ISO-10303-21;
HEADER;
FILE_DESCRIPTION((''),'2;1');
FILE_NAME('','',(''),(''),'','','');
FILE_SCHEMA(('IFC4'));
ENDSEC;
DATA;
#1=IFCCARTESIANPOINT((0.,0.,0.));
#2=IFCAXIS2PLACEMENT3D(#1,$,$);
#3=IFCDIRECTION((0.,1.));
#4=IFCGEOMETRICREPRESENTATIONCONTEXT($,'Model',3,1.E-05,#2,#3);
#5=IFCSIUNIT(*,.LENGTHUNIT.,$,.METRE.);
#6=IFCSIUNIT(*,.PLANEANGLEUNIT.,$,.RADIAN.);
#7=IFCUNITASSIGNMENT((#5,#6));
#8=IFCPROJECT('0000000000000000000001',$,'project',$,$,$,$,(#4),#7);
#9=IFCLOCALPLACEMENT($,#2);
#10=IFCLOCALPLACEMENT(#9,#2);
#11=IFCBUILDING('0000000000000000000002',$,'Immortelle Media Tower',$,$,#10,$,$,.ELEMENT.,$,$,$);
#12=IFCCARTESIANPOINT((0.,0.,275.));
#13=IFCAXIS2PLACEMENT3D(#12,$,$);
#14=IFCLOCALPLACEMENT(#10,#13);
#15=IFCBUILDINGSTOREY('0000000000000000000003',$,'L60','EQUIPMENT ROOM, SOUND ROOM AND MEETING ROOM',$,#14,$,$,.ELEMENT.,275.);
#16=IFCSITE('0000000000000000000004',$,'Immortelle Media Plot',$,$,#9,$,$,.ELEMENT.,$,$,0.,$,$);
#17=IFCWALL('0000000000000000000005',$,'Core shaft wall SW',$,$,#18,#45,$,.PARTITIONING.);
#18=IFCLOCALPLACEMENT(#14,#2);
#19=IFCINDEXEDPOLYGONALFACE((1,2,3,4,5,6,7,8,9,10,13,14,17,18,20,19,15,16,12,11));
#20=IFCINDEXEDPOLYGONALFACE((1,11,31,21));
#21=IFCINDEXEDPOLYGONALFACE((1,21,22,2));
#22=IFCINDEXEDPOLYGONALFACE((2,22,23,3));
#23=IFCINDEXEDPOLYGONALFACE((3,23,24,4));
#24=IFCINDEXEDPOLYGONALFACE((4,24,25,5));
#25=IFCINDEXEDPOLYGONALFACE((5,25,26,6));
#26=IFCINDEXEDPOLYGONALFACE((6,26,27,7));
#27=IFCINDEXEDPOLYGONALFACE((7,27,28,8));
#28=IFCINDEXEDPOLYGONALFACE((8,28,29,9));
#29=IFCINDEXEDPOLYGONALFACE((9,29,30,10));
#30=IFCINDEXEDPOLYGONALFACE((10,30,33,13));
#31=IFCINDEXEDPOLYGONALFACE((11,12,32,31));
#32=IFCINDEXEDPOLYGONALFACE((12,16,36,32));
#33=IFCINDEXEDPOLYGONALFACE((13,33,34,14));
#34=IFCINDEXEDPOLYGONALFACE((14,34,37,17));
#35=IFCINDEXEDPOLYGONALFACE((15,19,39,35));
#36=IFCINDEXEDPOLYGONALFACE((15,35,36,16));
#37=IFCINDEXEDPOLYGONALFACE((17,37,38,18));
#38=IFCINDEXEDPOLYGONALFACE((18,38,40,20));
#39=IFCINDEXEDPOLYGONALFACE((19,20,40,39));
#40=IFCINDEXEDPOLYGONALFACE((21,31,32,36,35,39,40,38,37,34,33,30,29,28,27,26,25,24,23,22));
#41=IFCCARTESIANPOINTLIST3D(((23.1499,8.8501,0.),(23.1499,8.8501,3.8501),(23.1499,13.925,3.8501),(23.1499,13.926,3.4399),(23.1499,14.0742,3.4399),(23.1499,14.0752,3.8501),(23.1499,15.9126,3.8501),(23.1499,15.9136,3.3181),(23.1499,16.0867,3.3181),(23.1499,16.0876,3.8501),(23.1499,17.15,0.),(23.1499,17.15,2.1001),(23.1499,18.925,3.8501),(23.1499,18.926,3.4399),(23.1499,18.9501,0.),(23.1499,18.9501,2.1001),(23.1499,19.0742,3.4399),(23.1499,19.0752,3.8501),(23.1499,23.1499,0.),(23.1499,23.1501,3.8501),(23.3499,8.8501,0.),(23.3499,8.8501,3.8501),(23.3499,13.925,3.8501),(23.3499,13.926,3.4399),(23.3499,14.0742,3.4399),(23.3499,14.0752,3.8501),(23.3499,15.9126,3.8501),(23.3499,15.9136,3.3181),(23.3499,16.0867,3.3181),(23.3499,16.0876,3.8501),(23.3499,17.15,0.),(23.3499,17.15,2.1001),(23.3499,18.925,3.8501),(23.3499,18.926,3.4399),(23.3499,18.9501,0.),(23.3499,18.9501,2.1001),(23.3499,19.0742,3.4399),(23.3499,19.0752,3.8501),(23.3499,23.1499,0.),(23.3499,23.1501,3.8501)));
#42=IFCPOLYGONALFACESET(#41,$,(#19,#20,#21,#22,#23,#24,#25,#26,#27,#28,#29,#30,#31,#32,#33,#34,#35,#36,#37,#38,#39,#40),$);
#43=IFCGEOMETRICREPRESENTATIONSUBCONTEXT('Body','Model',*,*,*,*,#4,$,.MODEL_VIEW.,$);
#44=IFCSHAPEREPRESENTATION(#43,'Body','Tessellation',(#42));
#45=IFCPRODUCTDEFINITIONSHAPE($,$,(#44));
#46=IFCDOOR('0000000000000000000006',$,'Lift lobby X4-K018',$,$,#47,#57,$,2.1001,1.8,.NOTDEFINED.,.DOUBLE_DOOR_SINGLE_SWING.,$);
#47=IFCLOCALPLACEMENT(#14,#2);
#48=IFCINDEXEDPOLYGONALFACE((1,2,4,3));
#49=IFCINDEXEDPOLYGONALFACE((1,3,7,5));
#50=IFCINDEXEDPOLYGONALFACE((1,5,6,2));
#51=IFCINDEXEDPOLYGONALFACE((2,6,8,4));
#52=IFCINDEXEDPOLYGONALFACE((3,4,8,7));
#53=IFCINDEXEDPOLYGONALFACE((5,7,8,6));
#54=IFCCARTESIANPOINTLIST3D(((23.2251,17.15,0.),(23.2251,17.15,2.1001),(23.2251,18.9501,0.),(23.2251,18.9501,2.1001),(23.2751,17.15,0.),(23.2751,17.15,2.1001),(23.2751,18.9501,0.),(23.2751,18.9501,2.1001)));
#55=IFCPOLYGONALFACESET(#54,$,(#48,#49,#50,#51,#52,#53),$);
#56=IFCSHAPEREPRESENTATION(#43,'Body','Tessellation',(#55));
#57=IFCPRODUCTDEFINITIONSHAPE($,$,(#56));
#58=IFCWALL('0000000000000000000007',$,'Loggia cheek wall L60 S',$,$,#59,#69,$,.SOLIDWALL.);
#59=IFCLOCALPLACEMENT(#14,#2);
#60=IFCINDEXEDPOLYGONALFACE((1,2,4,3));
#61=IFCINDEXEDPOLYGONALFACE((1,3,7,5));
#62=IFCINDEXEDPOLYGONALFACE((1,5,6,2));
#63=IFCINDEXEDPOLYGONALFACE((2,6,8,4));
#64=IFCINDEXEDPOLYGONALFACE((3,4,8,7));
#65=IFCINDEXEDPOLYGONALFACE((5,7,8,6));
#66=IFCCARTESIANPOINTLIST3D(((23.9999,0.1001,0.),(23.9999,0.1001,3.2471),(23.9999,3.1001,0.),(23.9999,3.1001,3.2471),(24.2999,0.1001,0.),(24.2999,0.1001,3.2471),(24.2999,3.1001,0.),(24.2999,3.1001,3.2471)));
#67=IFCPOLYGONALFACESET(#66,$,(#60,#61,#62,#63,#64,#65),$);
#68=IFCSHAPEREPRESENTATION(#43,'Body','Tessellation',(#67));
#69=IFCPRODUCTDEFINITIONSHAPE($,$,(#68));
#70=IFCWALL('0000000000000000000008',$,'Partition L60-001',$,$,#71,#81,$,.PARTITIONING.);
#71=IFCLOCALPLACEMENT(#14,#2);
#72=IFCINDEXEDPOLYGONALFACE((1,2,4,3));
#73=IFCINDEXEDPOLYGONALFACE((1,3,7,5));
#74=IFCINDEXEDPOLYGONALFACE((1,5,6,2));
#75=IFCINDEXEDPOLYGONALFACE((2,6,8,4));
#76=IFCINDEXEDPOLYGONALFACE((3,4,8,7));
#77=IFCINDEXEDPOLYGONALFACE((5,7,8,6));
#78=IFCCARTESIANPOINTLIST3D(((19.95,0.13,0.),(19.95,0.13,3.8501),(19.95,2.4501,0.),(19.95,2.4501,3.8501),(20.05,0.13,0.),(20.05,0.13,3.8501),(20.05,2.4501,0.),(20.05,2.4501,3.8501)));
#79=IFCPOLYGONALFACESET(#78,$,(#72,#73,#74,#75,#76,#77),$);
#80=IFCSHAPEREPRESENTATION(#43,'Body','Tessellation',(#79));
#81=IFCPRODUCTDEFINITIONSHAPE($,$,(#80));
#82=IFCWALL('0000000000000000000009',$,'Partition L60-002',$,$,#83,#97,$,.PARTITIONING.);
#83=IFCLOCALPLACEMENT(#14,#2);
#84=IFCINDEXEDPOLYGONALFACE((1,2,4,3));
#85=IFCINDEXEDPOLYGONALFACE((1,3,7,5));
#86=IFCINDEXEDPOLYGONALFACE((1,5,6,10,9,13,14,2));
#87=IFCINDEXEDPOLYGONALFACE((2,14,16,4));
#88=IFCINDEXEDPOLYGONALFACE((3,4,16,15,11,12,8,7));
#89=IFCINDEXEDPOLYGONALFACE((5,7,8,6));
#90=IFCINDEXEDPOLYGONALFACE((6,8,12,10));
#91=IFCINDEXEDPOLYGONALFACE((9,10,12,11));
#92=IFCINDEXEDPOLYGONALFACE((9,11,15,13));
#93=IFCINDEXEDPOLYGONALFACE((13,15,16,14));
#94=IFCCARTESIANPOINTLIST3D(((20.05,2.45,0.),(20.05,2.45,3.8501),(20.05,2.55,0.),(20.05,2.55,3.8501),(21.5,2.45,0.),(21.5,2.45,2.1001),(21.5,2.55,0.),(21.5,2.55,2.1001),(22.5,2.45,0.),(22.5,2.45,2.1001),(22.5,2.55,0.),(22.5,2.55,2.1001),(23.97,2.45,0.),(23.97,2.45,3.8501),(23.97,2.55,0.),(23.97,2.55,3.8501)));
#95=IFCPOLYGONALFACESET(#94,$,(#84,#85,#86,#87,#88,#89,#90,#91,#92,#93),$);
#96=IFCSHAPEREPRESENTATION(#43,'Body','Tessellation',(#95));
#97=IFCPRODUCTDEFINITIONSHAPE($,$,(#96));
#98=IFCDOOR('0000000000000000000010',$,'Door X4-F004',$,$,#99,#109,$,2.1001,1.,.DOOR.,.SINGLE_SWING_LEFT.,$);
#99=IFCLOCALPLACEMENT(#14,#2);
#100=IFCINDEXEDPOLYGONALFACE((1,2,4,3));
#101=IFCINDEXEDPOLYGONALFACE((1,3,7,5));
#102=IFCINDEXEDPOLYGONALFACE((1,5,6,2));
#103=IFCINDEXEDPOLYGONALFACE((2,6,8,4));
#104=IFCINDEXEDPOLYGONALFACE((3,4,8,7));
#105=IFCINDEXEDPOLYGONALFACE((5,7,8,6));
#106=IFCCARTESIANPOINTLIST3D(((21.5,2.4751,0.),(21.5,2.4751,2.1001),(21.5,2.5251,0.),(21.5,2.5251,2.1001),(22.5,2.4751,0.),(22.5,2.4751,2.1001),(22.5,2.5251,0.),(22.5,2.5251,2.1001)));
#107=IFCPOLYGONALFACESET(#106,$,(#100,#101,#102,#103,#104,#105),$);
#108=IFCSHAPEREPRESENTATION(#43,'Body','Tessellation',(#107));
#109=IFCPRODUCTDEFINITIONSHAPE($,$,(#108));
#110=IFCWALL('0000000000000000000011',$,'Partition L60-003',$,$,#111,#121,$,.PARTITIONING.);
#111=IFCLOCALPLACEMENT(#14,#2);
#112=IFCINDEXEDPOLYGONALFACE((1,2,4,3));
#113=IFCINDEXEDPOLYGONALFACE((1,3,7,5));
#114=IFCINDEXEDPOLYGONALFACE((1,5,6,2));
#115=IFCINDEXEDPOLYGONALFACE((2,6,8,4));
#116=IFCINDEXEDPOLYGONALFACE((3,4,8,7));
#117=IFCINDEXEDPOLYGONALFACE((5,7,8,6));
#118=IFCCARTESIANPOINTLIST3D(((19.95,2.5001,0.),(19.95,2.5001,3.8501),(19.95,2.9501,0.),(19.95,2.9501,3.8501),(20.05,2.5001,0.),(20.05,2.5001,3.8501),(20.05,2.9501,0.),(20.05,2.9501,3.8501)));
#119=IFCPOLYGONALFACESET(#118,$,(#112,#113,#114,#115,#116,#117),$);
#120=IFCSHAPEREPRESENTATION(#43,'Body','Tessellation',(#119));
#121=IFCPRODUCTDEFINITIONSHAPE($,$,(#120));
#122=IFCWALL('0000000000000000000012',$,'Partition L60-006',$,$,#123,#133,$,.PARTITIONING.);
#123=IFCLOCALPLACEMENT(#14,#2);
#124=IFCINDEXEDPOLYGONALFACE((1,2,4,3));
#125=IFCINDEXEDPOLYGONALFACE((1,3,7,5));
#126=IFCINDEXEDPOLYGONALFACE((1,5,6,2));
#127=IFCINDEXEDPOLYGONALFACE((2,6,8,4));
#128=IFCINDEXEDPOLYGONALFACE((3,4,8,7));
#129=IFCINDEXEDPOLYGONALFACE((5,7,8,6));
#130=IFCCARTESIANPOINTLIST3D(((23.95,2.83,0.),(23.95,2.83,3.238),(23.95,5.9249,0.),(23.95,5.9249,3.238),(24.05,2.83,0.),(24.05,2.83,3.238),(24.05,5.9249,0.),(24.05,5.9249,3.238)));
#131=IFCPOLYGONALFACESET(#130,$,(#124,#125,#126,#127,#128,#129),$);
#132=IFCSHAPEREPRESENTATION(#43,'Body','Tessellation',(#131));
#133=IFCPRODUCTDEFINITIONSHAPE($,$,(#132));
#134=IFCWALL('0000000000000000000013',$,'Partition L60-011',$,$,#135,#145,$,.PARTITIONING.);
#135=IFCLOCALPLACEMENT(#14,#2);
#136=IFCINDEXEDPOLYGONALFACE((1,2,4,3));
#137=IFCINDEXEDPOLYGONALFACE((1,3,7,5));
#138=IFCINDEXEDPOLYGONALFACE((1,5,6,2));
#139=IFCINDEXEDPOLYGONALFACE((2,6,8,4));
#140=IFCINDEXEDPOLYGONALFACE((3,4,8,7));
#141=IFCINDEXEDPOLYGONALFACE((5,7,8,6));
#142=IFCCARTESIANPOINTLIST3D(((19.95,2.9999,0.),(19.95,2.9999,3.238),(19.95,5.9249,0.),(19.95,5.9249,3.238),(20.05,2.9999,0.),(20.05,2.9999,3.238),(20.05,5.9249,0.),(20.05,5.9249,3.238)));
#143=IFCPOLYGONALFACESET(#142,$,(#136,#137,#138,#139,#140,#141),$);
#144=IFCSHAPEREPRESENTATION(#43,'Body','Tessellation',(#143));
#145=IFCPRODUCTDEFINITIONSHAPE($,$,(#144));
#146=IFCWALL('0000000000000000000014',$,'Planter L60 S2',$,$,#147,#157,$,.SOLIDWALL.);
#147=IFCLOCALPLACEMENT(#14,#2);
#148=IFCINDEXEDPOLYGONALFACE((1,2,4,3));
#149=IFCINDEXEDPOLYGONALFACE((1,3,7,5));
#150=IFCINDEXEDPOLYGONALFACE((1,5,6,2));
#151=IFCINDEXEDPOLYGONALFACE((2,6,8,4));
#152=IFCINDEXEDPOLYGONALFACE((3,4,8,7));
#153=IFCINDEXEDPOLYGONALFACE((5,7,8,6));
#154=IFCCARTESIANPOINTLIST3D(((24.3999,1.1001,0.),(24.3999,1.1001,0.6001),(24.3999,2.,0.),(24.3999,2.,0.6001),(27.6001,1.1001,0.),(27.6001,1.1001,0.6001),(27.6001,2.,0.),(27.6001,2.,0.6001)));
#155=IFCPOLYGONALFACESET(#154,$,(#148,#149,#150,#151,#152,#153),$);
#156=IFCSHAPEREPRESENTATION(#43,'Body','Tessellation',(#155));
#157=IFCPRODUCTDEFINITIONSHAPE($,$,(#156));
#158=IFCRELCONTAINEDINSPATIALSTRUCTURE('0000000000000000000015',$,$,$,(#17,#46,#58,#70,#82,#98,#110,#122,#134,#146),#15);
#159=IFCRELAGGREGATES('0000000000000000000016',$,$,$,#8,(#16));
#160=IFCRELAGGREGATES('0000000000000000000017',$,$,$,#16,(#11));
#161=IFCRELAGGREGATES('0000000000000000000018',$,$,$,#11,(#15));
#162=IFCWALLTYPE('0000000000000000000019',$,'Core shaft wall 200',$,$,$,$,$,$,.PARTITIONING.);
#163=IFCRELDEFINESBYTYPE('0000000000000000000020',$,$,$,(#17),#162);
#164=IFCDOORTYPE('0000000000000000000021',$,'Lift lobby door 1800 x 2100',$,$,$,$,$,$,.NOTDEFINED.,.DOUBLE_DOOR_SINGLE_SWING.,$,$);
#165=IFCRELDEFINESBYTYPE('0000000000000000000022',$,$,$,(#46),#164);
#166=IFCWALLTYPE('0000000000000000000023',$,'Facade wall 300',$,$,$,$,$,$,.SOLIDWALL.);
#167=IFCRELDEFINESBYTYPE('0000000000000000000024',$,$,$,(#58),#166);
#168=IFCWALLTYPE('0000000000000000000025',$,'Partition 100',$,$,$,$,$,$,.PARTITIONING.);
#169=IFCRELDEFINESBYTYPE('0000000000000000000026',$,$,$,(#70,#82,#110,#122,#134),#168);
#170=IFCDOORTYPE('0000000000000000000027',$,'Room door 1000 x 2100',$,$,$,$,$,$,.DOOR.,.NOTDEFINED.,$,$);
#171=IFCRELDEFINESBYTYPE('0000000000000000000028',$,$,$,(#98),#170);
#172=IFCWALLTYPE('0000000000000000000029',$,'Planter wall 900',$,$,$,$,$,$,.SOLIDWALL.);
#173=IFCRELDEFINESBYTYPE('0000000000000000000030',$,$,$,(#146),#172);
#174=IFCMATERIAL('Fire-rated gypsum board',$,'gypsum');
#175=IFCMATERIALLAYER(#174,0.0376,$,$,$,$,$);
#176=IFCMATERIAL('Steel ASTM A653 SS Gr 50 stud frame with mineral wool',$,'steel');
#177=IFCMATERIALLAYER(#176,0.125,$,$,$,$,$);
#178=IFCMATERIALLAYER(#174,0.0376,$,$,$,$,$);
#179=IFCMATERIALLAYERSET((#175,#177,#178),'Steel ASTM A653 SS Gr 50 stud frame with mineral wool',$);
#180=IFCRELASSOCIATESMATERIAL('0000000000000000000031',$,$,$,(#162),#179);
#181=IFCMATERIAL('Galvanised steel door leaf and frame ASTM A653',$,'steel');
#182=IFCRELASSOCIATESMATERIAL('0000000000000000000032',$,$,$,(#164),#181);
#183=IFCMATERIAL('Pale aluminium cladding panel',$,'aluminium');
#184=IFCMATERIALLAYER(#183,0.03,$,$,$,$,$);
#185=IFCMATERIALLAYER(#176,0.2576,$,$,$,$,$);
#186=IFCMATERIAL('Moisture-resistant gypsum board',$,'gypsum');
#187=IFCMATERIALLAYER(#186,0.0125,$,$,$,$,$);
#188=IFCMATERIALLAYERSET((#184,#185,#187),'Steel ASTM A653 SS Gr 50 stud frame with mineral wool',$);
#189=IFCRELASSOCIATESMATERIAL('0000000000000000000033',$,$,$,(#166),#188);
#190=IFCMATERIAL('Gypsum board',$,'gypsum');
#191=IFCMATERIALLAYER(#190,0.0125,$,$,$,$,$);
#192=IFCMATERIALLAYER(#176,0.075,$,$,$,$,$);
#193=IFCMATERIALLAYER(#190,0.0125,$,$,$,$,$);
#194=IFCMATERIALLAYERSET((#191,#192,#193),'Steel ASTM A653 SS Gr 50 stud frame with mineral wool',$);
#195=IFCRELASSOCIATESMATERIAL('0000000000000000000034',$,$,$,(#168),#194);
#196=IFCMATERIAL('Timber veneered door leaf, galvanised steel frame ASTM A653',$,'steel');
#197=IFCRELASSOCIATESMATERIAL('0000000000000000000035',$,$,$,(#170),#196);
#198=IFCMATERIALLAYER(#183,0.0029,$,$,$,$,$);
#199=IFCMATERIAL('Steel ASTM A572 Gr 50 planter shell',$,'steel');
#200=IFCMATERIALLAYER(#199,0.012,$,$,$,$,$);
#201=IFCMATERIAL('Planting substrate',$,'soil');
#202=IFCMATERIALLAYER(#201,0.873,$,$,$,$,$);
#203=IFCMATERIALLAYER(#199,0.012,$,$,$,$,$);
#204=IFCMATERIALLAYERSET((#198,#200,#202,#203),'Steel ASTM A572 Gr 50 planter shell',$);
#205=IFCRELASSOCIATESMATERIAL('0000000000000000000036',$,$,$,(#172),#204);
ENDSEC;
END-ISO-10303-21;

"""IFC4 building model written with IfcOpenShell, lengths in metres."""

from ifc_helpers import new_model, si_unit, direction, frame, frame_2d, origin, place, context, subcontext, project, spatial, polyline, rectangle, outline, extrude, material, layer, layer_set, type_object, element, fill, save


model = new_model("IFC4")

# Units and contexts
model_context = context("Model", 3, precision=1e-05, world=origin(), true_north=direction((0.0, 1.0)))
body_context = subcontext(model_context, "Body", "Model", "MODEL_VIEW")
ifc_project = project(units=[si_unit("LENGTHUNIT", "METRE"), si_unit("PLANEANGLEUNIT", "RADIAN")], contexts=[model_context])

# Site, building, storey
site_placement = place(None, origin())
site = spatial("IfcSite", under=ifc_project, at=site_placement, Name="Immortelle Media Plot", CompositionType="ELEMENT", RefElevation=0.0)
building_placement = place(site_placement, origin())
building = spatial("IfcBuilding", under=site, at=building_placement, Name="Immortelle Media Tower", CompositionType="ELEMENT")
storey_placement = place(building_placement, frame((0.0, 0.0, 275.0)))
storey = spatial("IfcBuildingStorey", under=building, at=storey_placement, Name="L60", Description="EQUIPMENT ROOM, SOUND ROOM AND MEETING ROOM", CompositionType="ELEMENT", Elevation=275.0)

# Wall, opening, door
ifc_material_1 = material(Name="Fire-rated gypsum board", Category="gypsum")
ifc_layer_1 = layer(ifc_material_1, 0.0376)
ifc_material_2 = material(Name="Steel ASTM A653 SS Gr 50 stud frame with mineral wool", Category="steel")
ifc_layer_2 = layer(ifc_material_2, 0.125)
ifc_layer_3 = layer(ifc_material_1, 0.0376)
ifc_layer_set_1 = layer_set([ifc_layer_1, ifc_layer_2, ifc_layer_3], Name="Steel ASTM A653 SS Gr 50 stud frame with mineral wool")
wall_type_1 = type_object("IfcWallType", Name="Core shaft wall 200", PredefinedType="PARTITIONING", material=ifc_layer_set_1)
wall_1_placement = place(storey_placement, frame((23.25, 8.8501, 0.0), z_axis=(0.0, 0.0, 1.0), x_axis=(0.0, 1.0, 0.0)))
wall_1 = element("IfcWall", 1, at=wall_1_placement, inside=storey, type_object=wall_type_1, Name="Core shaft wall SW", PredefinedType="PARTITIONING", context=body_context, shape_type="SweptSolid", body=[
    extrude(outline(polyline([(0.0, 0.0), (14.2998, 0.0), (14.3, 3.8501), (10.2251, 3.8501), (10.2241, 3.4399), (10.0759, 3.4399), (10.075, 3.8501), (7.2375, 3.8501), (7.2366, 3.3181), (7.0635, 3.3181), (7.0625, 3.8501), (5.2251, 3.8501), (5.2241, 3.4399), (5.0759, 3.4399), (5.075, 3.8501), (0.0, 3.8501), (0.0, 0.0)])), frame((0.0, 0.1001, 0.0), z_axis=(0.0, -1.0, 0.0), x_axis=(1.0, 0.0, 0.0)), (0.0, 0.0, 1.0), 0.2),
])
opening_1_placement = place(wall_1_placement, frame((8.3, 0.0, 0.0)))
opening_1 = element("IfcOpeningElement", 2, at=opening_1_placement, cuts=wall_1, PredefinedType="OPENING", context=body_context, shape_type="SweptSolid", body=[
    extrude(rectangle(XDim=1.8, YDim=2.1001, at=frame_2d((0.8999, 1.05))), frame((0.0, 0.1099, 0.0), z_axis=(0.0, -1.0, 0.0), x_axis=(1.0, 0.0, 0.0)), (0.0, 0.0, 1.0), 0.22),
])
ifc_material_3 = material(Name="Galvanised steel door leaf and frame ASTM A653", Category="steel")
door_type_1 = type_object("IfcDoorType", Name="Lift lobby door 1800 x 2100", OperationType="DOUBLE_DOOR_SINGLE_SWING", PredefinedType="NOTDEFINED", material=ifc_material_3)
door_1_placement = place(opening_1_placement, origin())
door_1 = element("IfcDoor", 3, at=door_1_placement, inside=storey, type_object=door_type_1, Name="Lift lobby X4-K018", OperationType="DOUBLE_DOOR_SINGLE_SWING", OverallHeight=2.1001, OverallWidth=1.8, PredefinedType="NOTDEFINED", context=body_context, shape_type="SweptSolid", body=[
    extrude(rectangle(XDim=1.8, YDim=2.1001, at=frame_2d((0.8999, 1.05))), frame((0.0, 0.0249, 0.0), z_axis=(0.0, -1.0, 0.0), x_axis=(1.0, 0.0, 0.0)), (0.0, 0.0, 1.0), 0.05),
])
fill(opening_1, door_1)

# Shared definitions
ifc_material_4 = material(Name="Pale aluminium cladding panel", Category="aluminium")
ifc_layer_4 = layer(ifc_material_4, 0.03)
ifc_layer_5 = layer(ifc_material_2, 0.2576)
ifc_material_5 = material(Name="Moisture-resistant gypsum board", Category="gypsum")
ifc_layer_6 = layer(ifc_material_5, 0.0125)
ifc_layer_set_2 = layer_set([ifc_layer_4, ifc_layer_5, ifc_layer_6], Name="Steel ASTM A653 SS Gr 50 stud frame with mineral wool")
wall_type_2 = type_object("IfcWallType", Name="Facade wall 300", PredefinedType="SOLIDWALL", material=ifc_layer_set_2)

# Walls
wall_2_placement = place(storey_placement, frame((24.1499, 0.1001, 0.0), z_axis=(0.0, 0.0, 1.0), x_axis=(0.0, 1.0, 0.0)))
element("IfcWall", 4, at=wall_2_placement, inside=storey, type_object=wall_type_2, Name="Loggia cheek wall L60 S", PredefinedType="SOLIDWALL", context=body_context, shape_type="SweptSolid", body=[
    extrude(rectangle(XDim=3.0, YDim=0.3, at=frame_2d((1.5, 0.0))), origin(), (0.0, 0.0, 1.0), 3.2471),
])
ifc_material_6 = material(Name="Gypsum board", Category="gypsum")
ifc_layer_7 = layer(ifc_material_6, 0.0125)
ifc_layer_8 = layer(ifc_material_2, 0.075)
ifc_layer_9 = layer(ifc_material_6, 0.0125)
ifc_layer_set_3 = layer_set([ifc_layer_7, ifc_layer_8, ifc_layer_9], Name="Steel ASTM A653 SS Gr 50 stud frame with mineral wool")
wall_type_3 = type_object("IfcWallType", Name="Partition 100", PredefinedType="PARTITIONING", material=ifc_layer_set_3)
wall_3_placement = place(storey_placement, frame((20.0, 0.1299, 0.0), z_axis=(0.0, 0.0, 1.0), x_axis=(0.0, 1.0, 0.0)))
element("IfcWall", 5, at=wall_3_placement, inside=storey, type_object=wall_type_3, Name="Partition L60-001", PredefinedType="PARTITIONING", context=body_context, shape_type="SweptSolid", body=[
    extrude(rectangle(XDim=2.3201, YDim=0.1001, at=frame_2d((1.1602, 0.0))), origin(), (0.0, 0.0, 1.0), 3.8501),
])

# Wall, opening, door
wall_4_placement = place(storey_placement, frame((20.05, 2.5, 0.0), z_axis=(0.0, 0.0, 1.0), x_axis=(1.0, 0.0, 0.0)))
wall_4 = element("IfcWall", 6, at=wall_4_placement, inside=storey, type_object=wall_type_3, Name="Partition L60-002", PredefinedType="PARTITIONING", context=body_context, shape_type="SweptSolid", body=[
    extrude(rectangle(XDim=3.9199, YDim=0.1001, at=frame_2d((1.96, 0.0))), origin(), (0.0, 0.0, 1.0), 3.8501),
])
opening_2_placement = place(wall_4_placement, frame((2.45, 0.0, 0.0), z_axis=(0.0, 0.0, 1.0), x_axis=(-1.0, 0.0, 0.0)))
opening_2 = element("IfcOpeningElement", 7, at=opening_2_placement, cuts=wall_4, PredefinedType="OPENING", context=body_context, shape_type="SweptSolid", body=[
    extrude(rectangle(XDim=1.0, YDim=2.1001, at=frame_2d((0.5, 1.05))), frame((0.0, 0.0601, 0.0), z_axis=(0.0, -1.0, 0.0), x_axis=(1.0, 0.0, 0.0)), (0.0, 0.0, 1.0), 0.1201),
])
ifc_material_7 = material(Name="Timber veneered door leaf, galvanised steel frame ASTM A653", Category="steel")
door_type_2 = type_object("IfcDoorType", Name="Room door 1000 x 2100", OperationType="NOTDEFINED", PredefinedType="DOOR", material=ifc_material_7)
door_2_placement = place(opening_2_placement, origin())
door_2 = element("IfcDoor", 8, at=door_2_placement, inside=storey, type_object=door_type_2, Name="Door X4-F004", OperationType="SINGLE_SWING_LEFT", OverallHeight=2.1001, OverallWidth=1.0, PredefinedType="DOOR", context=body_context, shape_type="SweptSolid", body=[
    extrude(rectangle(XDim=1.0, YDim=2.1001, at=frame_2d((0.5, 1.05))), frame((0.0, 0.0249, 0.0), z_axis=(0.0, -1.0, 0.0), x_axis=(1.0, 0.0, 0.0)), (0.0, 0.0, 1.0), 0.05),
])
fill(opening_2, door_2)

# Walls
wall_5_placement = place(storey_placement, frame((20.0, 2.5, 0.0), z_axis=(0.0, 0.0, 1.0), x_axis=(0.0, 1.0, 0.0)))
element("IfcWall", 9, at=wall_5_placement, inside=storey, type_object=wall_type_3, Name="Partition L60-003", PredefinedType="PARTITIONING", context=body_context, shape_type="SweptSolid", body=[
    extrude(rectangle(XDim=0.45, YDim=0.1001, at=frame_2d((0.2251, 0.0))), origin(), (0.0, 0.0, 1.0), 3.8501),
])
wall_6_placement = place(storey_placement, frame((24.0, 2.8301, 0.0), z_axis=(0.0, 0.0, 1.0), x_axis=(0.0, 1.0, 0.0)))
element("IfcWall", 10, at=wall_6_placement, inside=storey, type_object=wall_type_3, Name="Partition L60-006", PredefinedType="PARTITIONING", context=body_context, shape_type="SweptSolid", body=[
    extrude(rectangle(XDim=3.095, YDim=0.1001, at=frame_2d((1.5474, 0.0))), origin(), (0.0, 0.0, 1.0), 3.238),
])
wall_7_placement = place(storey_placement, frame((20.0, 3.0, 0.0), z_axis=(0.0, 0.0, 1.0), x_axis=(0.0, 1.0, 0.0)))
element("IfcWall", 11, at=wall_7_placement, inside=storey, type_object=wall_type_3, Name="Partition L60-011", PredefinedType="PARTITIONING", context=body_context, shape_type="SweptSolid", body=[
    extrude(rectangle(XDim=2.925, YDim=0.1001, at=frame_2d((1.4624, 0.0))), origin(), (0.0, 0.0, 1.0), 3.238),
])
ifc_layer_10 = layer(ifc_material_4, 0.0029)
ifc_material_8 = material(Name="Steel ASTM A572 Gr 50 planter shell", Category="steel")
ifc_layer_11 = layer(ifc_material_8, 0.012)
ifc_material_9 = material(Name="Planting substrate", Category="soil")
ifc_layer_12 = layer(ifc_material_9, 0.873)
ifc_layer_13 = layer(ifc_material_8, 0.012)
ifc_layer_set_4 = layer_set([ifc_layer_10, ifc_layer_11, ifc_layer_12, ifc_layer_13], Name="Steel ASTM A572 Gr 50 planter shell")
wall_type_4 = type_object("IfcWallType", Name="Planter wall 900", PredefinedType="SOLIDWALL", material=ifc_layer_set_4)
wall_8_placement = place(storey_placement, frame((24.3999, 1.55, 0.0), z_axis=(0.0, 0.0, 1.0), x_axis=(1.0, 0.0, 0.0)))
element("IfcWall", 12, at=wall_8_placement, inside=storey, type_object=wall_type_4, Name="Planter L60 S2", PredefinedType="SOLIDWALL", context=body_context, shape_type="SweptSolid", body=[
    extrude(rectangle(XDim=3.2002, YDim=0.8999, at=frame_2d((1.6001, 0.0))), origin(), (0.0, 0.0, 1.0), 0.6001),
])

save(model, "model.ifc")
